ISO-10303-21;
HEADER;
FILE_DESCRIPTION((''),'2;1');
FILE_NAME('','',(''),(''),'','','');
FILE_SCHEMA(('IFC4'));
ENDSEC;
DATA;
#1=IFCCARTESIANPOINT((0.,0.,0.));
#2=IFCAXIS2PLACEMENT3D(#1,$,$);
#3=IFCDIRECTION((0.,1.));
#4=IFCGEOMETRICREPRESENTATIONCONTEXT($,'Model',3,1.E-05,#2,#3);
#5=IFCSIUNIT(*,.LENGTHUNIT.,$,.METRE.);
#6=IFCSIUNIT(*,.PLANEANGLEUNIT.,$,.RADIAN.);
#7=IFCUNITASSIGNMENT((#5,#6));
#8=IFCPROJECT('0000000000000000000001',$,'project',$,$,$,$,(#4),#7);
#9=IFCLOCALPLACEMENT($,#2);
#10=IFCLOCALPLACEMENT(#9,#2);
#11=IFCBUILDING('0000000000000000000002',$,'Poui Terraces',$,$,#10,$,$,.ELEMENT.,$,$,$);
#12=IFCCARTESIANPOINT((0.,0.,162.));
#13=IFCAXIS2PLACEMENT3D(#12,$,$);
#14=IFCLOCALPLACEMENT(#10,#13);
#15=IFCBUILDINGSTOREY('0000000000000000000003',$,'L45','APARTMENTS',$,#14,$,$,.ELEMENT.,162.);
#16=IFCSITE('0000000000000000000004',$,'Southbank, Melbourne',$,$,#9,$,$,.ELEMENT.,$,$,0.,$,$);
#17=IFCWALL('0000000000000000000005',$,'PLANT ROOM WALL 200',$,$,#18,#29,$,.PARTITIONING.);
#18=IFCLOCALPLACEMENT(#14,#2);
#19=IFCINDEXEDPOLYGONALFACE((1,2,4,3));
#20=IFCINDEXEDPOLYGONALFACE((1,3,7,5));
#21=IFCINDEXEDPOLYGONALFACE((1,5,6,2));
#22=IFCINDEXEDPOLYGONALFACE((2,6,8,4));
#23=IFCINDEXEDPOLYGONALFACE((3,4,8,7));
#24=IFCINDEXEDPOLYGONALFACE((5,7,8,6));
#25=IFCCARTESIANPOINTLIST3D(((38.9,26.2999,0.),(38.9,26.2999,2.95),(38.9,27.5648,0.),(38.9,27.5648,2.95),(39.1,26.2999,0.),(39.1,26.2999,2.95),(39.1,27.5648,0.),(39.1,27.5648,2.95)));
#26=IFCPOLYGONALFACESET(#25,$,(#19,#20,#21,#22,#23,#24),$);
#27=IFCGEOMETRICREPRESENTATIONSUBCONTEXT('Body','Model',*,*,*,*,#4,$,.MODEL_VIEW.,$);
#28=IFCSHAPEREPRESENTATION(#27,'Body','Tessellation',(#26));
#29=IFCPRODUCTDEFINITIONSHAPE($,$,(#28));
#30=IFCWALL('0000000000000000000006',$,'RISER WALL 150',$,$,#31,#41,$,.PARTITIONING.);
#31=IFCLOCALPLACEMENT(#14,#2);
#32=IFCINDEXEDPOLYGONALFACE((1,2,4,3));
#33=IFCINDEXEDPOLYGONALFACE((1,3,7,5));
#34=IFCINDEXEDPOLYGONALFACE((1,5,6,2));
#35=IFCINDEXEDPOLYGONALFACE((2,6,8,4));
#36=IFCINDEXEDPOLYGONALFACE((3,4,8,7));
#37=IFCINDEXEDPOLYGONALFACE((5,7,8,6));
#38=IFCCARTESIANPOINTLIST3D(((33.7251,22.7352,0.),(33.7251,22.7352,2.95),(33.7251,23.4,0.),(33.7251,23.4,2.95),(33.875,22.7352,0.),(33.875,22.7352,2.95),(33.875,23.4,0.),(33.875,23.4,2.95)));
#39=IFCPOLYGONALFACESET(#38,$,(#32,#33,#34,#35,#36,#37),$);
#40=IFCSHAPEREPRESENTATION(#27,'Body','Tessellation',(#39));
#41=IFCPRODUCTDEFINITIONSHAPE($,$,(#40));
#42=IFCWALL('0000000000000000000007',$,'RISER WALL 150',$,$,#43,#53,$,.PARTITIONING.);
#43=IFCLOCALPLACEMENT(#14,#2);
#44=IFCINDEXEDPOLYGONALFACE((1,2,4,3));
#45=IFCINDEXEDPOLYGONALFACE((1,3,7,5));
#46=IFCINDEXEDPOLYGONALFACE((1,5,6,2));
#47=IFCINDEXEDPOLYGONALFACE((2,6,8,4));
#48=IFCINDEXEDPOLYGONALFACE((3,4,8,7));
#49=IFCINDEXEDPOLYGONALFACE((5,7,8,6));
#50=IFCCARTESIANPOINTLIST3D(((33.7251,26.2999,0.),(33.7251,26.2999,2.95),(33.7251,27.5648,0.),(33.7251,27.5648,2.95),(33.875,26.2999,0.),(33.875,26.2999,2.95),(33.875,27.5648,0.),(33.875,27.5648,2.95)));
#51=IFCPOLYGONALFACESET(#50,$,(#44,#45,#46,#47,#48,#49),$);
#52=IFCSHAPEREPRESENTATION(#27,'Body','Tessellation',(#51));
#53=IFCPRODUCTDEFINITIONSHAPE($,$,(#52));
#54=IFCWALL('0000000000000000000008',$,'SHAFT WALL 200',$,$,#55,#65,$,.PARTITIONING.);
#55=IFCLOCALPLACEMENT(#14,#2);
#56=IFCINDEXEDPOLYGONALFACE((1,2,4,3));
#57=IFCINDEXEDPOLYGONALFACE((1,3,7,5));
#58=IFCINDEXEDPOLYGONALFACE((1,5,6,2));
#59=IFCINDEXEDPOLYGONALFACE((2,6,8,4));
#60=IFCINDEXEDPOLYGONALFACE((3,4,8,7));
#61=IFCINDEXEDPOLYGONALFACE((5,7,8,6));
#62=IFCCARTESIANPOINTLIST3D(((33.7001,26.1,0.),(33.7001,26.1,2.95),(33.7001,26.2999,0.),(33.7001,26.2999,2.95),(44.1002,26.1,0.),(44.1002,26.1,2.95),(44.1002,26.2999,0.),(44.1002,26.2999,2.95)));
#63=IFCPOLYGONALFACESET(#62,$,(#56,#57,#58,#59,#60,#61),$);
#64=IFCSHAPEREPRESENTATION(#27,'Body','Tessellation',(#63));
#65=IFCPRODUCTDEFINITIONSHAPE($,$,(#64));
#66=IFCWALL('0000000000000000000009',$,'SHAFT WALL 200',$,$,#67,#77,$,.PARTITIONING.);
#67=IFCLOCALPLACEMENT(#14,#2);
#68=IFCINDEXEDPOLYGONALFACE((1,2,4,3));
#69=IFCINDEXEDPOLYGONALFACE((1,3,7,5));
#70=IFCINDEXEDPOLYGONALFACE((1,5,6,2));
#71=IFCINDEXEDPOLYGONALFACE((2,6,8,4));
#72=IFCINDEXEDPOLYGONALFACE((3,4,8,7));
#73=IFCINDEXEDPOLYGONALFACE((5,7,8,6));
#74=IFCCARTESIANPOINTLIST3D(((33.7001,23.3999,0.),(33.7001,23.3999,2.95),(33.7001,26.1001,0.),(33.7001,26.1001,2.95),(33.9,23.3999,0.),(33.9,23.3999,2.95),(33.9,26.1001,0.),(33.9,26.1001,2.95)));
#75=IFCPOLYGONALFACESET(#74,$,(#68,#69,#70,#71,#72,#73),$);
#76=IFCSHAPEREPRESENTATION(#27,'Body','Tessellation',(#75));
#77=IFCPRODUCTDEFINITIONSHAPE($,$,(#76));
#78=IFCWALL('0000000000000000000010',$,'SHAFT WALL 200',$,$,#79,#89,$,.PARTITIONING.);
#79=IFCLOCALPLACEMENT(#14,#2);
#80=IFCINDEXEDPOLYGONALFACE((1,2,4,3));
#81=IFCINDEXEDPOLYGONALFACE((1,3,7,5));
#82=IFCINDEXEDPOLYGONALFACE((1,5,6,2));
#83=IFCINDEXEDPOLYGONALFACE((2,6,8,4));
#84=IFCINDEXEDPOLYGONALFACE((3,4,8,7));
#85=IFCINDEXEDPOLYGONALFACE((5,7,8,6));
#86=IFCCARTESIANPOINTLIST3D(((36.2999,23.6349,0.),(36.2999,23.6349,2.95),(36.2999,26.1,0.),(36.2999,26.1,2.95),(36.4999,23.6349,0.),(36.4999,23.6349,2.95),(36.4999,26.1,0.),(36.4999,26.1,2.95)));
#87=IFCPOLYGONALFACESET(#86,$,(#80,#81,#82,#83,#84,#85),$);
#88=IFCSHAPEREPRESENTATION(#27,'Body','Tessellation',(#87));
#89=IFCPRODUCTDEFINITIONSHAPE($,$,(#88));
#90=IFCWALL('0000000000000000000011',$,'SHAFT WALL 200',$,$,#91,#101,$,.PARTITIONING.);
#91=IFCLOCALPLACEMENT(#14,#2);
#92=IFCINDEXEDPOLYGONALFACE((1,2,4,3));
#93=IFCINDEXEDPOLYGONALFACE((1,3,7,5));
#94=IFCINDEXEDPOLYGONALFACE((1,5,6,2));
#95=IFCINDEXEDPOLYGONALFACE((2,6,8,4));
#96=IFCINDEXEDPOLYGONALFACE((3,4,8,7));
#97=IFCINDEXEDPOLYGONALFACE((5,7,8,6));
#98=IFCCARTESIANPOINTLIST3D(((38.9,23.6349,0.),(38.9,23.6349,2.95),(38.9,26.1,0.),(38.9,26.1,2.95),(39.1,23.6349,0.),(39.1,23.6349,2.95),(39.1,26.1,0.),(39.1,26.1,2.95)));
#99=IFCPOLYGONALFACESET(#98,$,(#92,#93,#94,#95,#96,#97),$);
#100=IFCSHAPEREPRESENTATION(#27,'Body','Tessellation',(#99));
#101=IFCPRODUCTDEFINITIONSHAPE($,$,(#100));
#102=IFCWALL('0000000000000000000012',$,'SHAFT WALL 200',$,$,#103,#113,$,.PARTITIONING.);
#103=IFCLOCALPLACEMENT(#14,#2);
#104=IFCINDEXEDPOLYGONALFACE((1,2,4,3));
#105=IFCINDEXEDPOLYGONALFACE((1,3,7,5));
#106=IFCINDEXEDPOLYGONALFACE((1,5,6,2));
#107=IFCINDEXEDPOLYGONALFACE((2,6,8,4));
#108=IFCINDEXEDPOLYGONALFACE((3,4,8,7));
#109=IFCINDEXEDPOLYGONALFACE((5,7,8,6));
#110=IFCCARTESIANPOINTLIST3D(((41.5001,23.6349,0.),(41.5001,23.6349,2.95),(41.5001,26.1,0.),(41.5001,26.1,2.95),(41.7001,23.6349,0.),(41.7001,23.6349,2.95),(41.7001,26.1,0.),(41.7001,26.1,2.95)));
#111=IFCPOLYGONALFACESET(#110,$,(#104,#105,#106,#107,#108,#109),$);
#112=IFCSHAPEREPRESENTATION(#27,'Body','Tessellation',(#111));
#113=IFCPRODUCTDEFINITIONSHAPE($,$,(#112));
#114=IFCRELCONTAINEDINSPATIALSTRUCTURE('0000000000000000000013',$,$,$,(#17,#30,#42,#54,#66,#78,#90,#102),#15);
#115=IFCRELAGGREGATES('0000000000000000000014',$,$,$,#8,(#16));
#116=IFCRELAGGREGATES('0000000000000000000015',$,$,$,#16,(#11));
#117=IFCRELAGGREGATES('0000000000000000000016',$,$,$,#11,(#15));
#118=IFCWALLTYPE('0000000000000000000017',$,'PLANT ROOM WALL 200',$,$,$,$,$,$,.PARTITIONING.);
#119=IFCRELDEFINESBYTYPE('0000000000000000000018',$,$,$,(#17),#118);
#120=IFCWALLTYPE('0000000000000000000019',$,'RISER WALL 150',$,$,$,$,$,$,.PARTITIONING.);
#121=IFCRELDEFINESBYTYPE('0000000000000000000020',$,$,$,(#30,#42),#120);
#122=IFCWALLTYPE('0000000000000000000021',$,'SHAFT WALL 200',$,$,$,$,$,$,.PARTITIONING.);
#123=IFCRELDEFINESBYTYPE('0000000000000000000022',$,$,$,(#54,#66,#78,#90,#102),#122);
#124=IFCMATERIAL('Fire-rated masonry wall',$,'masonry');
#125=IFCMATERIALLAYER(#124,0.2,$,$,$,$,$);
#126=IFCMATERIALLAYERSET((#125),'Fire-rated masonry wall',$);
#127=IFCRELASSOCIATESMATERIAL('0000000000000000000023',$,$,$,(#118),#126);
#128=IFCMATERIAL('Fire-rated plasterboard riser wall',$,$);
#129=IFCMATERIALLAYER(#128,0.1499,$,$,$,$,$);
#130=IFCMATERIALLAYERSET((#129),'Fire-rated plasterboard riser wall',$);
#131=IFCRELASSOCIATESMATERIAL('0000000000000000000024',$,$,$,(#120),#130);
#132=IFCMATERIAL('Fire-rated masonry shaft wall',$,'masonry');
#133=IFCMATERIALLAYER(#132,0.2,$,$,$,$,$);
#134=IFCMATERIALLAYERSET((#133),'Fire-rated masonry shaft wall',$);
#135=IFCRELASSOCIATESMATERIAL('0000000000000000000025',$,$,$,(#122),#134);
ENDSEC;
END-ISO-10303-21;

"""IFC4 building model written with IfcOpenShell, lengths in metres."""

from ifc_helpers import new_model, si_unit, direction, frame, frame_2d, origin, place, context, subcontext, project, spatial, rectangle, extrude, material, layer, layer_set, type_object, element, save


model = new_model("IFC4")

# Units and contexts
model_context = context("Model", 3, precision=1e-05, world=origin(), true_north=direction((0.0, 1.0)))
body_context = subcontext(model_context, "Body", "Model", "MODEL_VIEW")
ifc_project = project(units=[si_unit("LENGTHUNIT", "METRE"), si_unit("PLANEANGLEUNIT", "RADIAN")], contexts=[model_context])

# Site, building, storey
site_placement = place(None, origin())
site = spatial("IfcSite", under=ifc_project, at=site_placement, Name="Southbank, Melbourne", CompositionType="ELEMENT", RefElevation=0.0)
building_placement = place(site_placement, origin())
building = spatial("IfcBuilding", under=site, at=building_placement, Name="Poui Terraces", CompositionType="ELEMENT")
storey_placement = place(building_placement, frame((0.0, 0.0, 162.0)))
storey = spatial("IfcBuildingStorey", under=building, at=storey_placement, Name="L45", Description="APARTMENTS", CompositionType="ELEMENT", Elevation=162.0)

# Walls
ifc_material_1 = material(Name="Fire-rated masonry wall", Category="masonry")
ifc_layer_1 = layer(ifc_material_1, 0.2)
ifc_layer_set_1 = layer_set([ifc_layer_1], Name="Fire-rated masonry wall")
wall_type_1 = type_object("IfcWallType", Name="PLANT ROOM WALL 200", PredefinedType="PARTITIONING", material=ifc_layer_set_1)
wall_1_placement = place(storey_placement, frame((39.0, 26.3, 0.0), z_axis=(0.0, 0.0, 1.0), x_axis=(0.0, 1.0, 0.0)))
element("IfcWall", 1, at=wall_1_placement, inside=storey, type_object=wall_type_1, Name="PLANT ROOM WALL 200", PredefinedType="PARTITIONING", context=body_context, shape_type="SweptSolid", body=[
    extrude(rectangle(XDim=1.2649, YDim=0.2, at=frame_2d((0.6323, 0.0))), origin(), (0.0, 0.0, 1.0), 2.95),
])
ifc_material_2 = material(Name="Fire-rated plasterboard riser wall")
ifc_layer_2 = layer(ifc_material_2, 0.1499)
ifc_layer_set_2 = layer_set([ifc_layer_2], Name="Fire-rated plasterboard riser wall")
wall_type_2 = type_object("IfcWallType", Name="RISER WALL 150", PredefinedType="PARTITIONING", material=ifc_layer_set_2)
wall_2_placement = place(storey_placement, frame((33.8, 22.7351, 0.0), z_axis=(0.0, 0.0, 1.0), x_axis=(0.0, 1.0, 0.0)))
element("IfcWall", 2, at=wall_2_placement, inside=storey, type_object=wall_type_2, Name="RISER WALL 150", PredefinedType="PARTITIONING", context=body_context, shape_type="SweptSolid", body=[
    extrude(rectangle(XDim=0.6648, YDim=0.1499, at=frame_2d((0.3325, 0.0))), origin(), (0.0, 0.0, 1.0), 2.95),
])
wall_3_placement = place(storey_placement, frame((33.8, 26.3, 0.0), z_axis=(0.0, 0.0, 1.0), x_axis=(0.0, 1.0, 0.0)))
element("IfcWall", 3, at=wall_3_placement, inside=storey, type_object=wall_type_2, Name="RISER WALL 150", PredefinedType="PARTITIONING", context=body_context, shape_type="SweptSolid", body=[
    extrude(rectangle(XDim=1.2649, YDim=0.1499, at=frame_2d((0.6323, 0.0))), origin(), (0.0, 0.0, 1.0), 2.95),
])
ifc_material_3 = material(Name="Fire-rated masonry shaft wall", Category="masonry")
ifc_layer_3 = layer(ifc_material_3, 0.2)
ifc_layer_set_3 = layer_set([ifc_layer_3], Name="Fire-rated masonry shaft wall")
wall_type_3 = type_object("IfcWallType", Name="SHAFT WALL 200", PredefinedType="PARTITIONING", material=ifc_layer_set_3)
wall_4_placement = place(storey_placement, frame((33.7, 26.2, 0.0), z_axis=(0.0, 0.0, 1.0), x_axis=(1.0, 0.0, 0.0)))
element("IfcWall", 4, at=wall_4_placement, inside=storey, type_object=wall_type_3, Name="SHAFT WALL 200", PredefinedType="PARTITIONING", context=body_context, shape_type="SweptSolid", body=[
    extrude(rectangle(XDim=10.4001, YDim=0.2, at=frame_2d((5.2002, 0.0))), origin(), (0.0, 0.0, 1.0), 2.95),
])
wall_5_placement = place(storey_placement, frame((33.8, 23.3999, 0.0), z_axis=(0.0, 0.0, 1.0), x_axis=(0.0, 1.0, 0.0)))
element("IfcWall", 5, at=wall_5_placement, inside=storey, type_object=wall_type_3, Name="SHAFT WALL 200", PredefinedType="PARTITIONING", context=body_context, shape_type="SweptSolid", body=[
    extrude(rectangle(XDim=2.7002, YDim=0.2, at=frame_2d((1.3501, 0.0))), origin(), (0.0, 0.0, 1.0), 2.95),
])
for number, where, z_axis, x_axis, name in (
    (6, (36.3999, 23.635, 0.0), (0.0, 0.0, 1.0), (0.0, 1.0, 0.0), "SHAFT WALL 200"),
    (7, (39.0, 23.635, 0.0), (0.0, 0.0, 1.0), (0.0, 1.0, 0.0), "SHAFT WALL 200"),
    (8, (41.6001, 23.635, 0.0), (0.0, 0.0, 1.0), (0.0, 1.0, 0.0), "SHAFT WALL 200"),
):
    element("IfcWall", number, at=place(storey_placement, frame(where, z_axis=z_axis, x_axis=x_axis)), inside=storey, type_object=wall_type_3, Name=name, PredefinedType="PARTITIONING", context=body_context, shape_type="SweptSolid", body=[
        extrude(rectangle(XDim=2.4651, YDim=0.2, at=frame_2d((1.2324, 0.0))), origin(), (0.0, 0.0, 1.0), 2.95),
    ])

save(model, "model.ifc")
